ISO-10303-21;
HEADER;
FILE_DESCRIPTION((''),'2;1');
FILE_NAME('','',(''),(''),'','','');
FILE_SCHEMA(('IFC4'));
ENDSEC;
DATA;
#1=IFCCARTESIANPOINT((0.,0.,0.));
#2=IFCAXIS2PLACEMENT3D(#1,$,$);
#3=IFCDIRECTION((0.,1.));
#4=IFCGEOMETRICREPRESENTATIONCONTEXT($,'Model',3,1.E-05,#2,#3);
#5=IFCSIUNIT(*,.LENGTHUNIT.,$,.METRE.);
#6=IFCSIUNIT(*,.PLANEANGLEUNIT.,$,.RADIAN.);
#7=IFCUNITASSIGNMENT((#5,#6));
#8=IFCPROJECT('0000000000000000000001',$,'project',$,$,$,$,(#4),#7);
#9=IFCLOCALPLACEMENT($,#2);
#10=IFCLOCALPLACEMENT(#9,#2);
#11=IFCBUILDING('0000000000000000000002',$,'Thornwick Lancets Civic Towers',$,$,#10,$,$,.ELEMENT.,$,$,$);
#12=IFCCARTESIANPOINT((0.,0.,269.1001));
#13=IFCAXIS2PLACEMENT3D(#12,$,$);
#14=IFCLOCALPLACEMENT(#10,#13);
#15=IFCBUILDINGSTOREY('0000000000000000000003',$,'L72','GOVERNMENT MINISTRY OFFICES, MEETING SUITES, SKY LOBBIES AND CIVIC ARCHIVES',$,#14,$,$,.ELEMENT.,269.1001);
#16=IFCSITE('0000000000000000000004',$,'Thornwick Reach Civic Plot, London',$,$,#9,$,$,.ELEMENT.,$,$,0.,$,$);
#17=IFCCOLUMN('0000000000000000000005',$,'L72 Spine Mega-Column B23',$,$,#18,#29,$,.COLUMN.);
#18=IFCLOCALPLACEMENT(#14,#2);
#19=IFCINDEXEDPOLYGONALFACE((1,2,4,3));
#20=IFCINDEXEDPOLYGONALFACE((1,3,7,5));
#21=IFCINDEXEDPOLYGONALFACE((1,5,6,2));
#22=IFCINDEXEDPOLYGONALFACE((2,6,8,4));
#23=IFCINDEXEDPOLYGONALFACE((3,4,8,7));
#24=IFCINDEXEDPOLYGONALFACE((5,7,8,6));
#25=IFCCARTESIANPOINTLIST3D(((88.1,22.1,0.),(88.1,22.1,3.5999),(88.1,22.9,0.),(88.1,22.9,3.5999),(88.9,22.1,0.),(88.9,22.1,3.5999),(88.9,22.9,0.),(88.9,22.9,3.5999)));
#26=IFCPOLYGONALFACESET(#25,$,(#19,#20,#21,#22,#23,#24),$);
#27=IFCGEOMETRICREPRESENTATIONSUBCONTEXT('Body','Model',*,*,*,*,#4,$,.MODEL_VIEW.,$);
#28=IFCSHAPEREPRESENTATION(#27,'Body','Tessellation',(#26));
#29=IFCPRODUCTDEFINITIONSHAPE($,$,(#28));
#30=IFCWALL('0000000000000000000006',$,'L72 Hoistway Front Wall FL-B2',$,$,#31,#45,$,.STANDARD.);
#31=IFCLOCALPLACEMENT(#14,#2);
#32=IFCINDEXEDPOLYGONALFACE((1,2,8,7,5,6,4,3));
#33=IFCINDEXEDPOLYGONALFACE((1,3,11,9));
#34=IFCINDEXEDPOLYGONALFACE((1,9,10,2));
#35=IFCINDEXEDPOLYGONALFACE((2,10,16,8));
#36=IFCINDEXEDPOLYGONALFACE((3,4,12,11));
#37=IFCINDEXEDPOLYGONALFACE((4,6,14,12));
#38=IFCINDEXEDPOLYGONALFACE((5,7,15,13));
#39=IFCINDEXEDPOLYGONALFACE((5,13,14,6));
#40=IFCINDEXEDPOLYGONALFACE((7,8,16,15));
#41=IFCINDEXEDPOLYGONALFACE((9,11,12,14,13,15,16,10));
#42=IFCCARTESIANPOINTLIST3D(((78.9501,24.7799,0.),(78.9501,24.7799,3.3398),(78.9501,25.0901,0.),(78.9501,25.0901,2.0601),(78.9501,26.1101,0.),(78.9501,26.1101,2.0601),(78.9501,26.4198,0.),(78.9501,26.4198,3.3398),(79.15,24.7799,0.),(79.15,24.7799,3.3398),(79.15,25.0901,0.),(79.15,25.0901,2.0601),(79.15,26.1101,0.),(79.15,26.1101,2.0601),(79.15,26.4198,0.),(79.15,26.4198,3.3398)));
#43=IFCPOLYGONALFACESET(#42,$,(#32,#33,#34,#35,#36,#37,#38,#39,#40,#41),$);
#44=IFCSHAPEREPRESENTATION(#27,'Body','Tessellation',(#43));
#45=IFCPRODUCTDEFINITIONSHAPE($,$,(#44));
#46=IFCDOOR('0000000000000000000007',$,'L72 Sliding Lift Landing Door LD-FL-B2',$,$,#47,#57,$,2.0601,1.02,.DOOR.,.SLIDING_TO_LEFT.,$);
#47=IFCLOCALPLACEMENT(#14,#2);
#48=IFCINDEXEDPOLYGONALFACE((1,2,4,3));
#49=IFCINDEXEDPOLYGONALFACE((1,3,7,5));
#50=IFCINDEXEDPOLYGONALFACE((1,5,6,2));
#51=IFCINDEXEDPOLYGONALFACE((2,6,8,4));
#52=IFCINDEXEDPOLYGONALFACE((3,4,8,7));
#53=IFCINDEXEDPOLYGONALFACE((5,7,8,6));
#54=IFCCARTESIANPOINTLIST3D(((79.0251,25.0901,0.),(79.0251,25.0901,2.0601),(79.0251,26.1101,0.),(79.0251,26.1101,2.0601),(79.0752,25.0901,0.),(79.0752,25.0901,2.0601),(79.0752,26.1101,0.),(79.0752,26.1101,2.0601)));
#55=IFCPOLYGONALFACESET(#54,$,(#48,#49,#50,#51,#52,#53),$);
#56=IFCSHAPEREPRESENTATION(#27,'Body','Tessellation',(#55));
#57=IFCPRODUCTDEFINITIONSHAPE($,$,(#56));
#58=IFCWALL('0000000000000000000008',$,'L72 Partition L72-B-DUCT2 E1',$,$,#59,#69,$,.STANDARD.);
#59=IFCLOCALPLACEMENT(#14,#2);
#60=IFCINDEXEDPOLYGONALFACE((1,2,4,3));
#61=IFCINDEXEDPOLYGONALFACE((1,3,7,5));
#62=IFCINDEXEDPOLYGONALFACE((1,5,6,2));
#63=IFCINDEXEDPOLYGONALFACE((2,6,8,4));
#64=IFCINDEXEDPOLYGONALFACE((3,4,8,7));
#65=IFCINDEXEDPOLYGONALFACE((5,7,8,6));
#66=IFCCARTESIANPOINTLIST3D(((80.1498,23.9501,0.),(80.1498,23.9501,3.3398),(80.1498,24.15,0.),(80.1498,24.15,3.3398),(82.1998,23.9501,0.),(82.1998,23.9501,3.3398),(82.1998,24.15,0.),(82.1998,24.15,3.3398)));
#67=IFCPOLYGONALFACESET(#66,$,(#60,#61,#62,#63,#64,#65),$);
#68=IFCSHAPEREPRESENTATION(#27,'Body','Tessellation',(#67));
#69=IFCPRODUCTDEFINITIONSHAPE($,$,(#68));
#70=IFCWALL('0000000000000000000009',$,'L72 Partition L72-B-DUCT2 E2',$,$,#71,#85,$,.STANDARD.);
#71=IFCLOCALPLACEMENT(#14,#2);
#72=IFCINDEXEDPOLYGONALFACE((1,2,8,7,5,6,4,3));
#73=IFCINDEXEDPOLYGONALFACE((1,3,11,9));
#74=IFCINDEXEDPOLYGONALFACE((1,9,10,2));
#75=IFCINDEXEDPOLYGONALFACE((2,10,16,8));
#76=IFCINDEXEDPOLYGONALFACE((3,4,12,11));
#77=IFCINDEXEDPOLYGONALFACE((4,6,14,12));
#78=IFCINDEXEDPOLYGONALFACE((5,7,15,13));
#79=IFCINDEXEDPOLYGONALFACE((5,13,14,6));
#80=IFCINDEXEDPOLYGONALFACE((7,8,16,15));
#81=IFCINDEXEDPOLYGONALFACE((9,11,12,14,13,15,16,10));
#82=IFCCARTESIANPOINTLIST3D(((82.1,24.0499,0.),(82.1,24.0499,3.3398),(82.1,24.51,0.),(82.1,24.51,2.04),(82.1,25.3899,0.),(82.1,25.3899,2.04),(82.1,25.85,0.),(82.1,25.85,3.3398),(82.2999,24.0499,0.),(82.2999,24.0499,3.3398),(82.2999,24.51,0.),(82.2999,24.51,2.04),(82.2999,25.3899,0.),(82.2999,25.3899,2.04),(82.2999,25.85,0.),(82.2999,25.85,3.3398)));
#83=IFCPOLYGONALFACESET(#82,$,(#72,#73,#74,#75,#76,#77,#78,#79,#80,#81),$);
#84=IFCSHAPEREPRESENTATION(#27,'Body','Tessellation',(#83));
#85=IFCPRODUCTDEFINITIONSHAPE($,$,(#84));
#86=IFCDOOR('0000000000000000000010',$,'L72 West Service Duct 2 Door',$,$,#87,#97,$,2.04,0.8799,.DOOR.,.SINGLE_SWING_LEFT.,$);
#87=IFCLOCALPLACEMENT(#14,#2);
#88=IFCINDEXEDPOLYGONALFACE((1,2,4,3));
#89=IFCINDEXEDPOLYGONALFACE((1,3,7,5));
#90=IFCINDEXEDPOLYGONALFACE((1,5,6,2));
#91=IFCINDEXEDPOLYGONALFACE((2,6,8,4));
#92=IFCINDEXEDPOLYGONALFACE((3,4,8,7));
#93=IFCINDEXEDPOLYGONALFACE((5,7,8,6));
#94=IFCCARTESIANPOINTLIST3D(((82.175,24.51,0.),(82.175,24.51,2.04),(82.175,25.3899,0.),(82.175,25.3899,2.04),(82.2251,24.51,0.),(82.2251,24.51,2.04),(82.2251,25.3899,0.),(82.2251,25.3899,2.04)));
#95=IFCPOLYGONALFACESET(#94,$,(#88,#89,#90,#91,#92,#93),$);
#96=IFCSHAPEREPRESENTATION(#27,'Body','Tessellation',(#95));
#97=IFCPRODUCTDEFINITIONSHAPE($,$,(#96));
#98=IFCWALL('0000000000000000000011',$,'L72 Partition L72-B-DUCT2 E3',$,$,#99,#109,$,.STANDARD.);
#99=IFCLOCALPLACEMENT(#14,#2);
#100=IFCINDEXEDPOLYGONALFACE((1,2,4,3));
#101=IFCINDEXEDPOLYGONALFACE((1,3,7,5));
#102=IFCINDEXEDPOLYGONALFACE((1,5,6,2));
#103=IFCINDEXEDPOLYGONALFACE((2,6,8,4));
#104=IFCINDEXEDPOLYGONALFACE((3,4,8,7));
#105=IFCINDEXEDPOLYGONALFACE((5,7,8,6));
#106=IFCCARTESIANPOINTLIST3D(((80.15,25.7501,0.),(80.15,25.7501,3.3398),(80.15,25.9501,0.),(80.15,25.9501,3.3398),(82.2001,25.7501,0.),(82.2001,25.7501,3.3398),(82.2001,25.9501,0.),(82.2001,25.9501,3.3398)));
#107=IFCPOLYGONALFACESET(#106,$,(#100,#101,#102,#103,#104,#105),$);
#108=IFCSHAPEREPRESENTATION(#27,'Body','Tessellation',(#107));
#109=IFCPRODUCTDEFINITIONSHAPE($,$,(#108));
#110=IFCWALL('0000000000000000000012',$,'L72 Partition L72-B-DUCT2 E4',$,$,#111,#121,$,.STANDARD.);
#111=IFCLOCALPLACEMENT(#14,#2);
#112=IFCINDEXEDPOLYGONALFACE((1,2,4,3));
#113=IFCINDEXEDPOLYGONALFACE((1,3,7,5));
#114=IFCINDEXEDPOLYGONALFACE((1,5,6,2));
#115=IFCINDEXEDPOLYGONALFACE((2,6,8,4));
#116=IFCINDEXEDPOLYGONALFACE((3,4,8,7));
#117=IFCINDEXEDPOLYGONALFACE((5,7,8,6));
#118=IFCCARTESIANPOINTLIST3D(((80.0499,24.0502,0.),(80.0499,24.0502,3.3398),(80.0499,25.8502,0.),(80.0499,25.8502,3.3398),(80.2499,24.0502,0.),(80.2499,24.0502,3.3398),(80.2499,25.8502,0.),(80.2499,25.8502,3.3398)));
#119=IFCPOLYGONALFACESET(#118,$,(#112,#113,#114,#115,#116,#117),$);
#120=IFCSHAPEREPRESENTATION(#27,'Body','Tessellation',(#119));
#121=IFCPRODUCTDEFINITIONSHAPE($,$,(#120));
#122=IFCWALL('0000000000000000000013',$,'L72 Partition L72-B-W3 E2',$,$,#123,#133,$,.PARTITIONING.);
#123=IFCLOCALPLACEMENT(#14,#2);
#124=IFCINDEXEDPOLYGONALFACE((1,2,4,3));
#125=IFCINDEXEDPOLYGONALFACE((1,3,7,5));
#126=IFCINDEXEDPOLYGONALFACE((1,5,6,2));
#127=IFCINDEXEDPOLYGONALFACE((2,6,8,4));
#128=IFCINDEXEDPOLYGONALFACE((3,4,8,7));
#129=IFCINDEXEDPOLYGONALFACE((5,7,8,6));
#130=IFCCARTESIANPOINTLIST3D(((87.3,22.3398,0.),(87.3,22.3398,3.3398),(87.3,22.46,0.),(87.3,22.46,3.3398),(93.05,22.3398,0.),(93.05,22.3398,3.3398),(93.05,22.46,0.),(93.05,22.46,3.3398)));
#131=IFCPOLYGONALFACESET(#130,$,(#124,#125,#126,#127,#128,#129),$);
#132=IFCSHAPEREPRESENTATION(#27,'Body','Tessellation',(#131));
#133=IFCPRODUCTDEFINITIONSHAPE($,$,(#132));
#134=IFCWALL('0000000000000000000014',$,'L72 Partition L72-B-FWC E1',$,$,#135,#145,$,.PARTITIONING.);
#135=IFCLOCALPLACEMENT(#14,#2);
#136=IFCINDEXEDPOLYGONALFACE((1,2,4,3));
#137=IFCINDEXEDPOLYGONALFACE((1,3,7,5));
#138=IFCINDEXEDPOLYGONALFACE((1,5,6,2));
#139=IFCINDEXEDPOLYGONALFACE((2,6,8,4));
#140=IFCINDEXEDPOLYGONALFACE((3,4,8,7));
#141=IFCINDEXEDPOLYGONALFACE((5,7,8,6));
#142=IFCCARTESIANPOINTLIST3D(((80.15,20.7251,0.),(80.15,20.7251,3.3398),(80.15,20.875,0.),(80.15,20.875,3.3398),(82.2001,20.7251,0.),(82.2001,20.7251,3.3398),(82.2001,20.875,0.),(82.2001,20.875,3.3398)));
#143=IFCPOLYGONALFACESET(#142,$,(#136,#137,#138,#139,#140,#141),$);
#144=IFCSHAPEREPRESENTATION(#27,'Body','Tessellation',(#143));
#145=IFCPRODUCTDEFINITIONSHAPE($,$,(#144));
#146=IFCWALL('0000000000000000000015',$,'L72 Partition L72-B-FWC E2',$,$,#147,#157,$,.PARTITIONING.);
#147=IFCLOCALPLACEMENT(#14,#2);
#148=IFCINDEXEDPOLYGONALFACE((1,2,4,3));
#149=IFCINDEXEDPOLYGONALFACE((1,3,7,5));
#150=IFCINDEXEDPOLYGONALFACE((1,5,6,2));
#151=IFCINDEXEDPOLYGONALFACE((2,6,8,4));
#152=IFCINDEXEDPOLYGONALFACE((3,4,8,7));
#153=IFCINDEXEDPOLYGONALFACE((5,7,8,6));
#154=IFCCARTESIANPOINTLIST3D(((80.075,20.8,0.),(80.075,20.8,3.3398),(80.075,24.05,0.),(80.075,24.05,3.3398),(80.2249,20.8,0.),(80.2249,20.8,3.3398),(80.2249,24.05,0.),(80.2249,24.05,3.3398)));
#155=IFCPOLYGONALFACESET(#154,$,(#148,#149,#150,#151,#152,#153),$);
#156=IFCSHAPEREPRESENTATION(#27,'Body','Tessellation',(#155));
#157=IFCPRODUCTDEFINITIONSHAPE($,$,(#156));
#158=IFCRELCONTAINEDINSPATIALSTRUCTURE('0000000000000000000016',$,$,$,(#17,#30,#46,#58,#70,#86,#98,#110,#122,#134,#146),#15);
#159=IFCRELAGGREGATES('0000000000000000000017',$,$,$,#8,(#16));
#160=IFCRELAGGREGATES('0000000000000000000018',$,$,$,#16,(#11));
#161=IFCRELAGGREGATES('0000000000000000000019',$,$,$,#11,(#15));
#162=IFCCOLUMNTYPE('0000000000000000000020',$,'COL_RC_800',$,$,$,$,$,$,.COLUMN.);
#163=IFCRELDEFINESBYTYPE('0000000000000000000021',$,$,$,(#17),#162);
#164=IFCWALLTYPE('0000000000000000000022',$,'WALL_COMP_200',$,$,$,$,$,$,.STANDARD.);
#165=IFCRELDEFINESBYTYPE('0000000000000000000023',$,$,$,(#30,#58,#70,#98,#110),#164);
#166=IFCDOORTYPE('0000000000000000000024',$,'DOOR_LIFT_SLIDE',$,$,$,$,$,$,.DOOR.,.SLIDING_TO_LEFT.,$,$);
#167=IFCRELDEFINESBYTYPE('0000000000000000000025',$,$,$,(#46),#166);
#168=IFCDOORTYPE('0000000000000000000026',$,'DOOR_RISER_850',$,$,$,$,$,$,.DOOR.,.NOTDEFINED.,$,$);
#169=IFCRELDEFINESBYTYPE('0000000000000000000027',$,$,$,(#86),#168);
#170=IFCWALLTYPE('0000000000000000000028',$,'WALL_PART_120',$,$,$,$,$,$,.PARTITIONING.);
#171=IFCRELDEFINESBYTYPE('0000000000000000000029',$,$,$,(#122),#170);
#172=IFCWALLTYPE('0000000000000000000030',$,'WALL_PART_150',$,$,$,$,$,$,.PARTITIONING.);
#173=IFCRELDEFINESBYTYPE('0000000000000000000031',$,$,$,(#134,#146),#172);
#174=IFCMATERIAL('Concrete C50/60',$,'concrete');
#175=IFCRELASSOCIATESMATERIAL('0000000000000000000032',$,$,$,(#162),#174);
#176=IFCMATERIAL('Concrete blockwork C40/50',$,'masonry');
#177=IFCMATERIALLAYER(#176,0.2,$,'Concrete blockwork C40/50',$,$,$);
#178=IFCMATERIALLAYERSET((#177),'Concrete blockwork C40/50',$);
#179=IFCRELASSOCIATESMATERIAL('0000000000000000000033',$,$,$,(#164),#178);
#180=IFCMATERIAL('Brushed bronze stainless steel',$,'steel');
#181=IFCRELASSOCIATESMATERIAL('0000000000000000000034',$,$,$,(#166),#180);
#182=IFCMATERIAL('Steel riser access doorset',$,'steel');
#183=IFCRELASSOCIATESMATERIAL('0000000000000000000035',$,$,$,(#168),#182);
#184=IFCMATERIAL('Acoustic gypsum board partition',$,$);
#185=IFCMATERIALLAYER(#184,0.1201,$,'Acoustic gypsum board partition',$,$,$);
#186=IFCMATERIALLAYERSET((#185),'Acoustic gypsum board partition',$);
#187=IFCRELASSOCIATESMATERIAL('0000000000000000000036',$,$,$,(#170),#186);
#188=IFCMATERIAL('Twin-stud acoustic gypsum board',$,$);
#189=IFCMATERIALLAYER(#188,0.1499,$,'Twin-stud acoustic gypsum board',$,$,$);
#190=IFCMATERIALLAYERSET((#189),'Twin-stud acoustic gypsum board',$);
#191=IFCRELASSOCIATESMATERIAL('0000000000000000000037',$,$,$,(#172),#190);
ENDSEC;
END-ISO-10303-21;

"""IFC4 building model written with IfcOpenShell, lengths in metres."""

from ifc_helpers import new_model, si_unit, direction, frame, frame_2d, origin, origin_2d, place, context, subcontext, project, spatial, rectangle, extrude, material, layer, layer_set, material_profile, profile_set, type_object, element, fill, save


model = new_model("IFC4")

# Units and contexts
model_context = context("Model", 3, precision=1e-05, world=origin(), true_north=direction((0.0, 1.0)))
body_context = subcontext(model_context, "Body", "Model", "MODEL_VIEW")
ifc_project = project(units=[si_unit("LENGTHUNIT", "METRE"), si_unit("PLANEANGLEUNIT", "RADIAN")], contexts=[model_context])

# Site, building, storey
site_placement = place(None, origin())
site = spatial("IfcSite", under=ifc_project, at=site_placement, Name="Thornwick Reach Civic Plot, London", CompositionType="ELEMENT", RefElevation=0.0)
building_placement = place(site_placement, origin())
building = spatial("IfcBuilding", under=site, at=building_placement, Name="Thornwick Lancets Civic Towers", CompositionType="ELEMENT")
storey_placement = place(building_placement, frame((0.0, 0.0, 269.1001)))
storey = spatial("IfcBuildingStorey", under=building, at=storey_placement, Name="L72", Description="GOVERNMENT MINISTRY OFFICES, MEETING SUITES, SKY LOBBIES AND CIVIC ARCHIVES", CompositionType="ELEMENT", Elevation=269.1001)

# Column
ifc_material_1 = material(Name="Concrete C50/60", Category="concrete")
ifc_material_profile = material_profile(ifc_material_1, rectangle(XDim=0.8, YDim=0.8, at=origin_2d()), Name="RC 800x800")
ifc_profile_set = profile_set([ifc_material_profile], Name="Concrete C50/60")
column_type = type_object("IfcColumnType", Name="COL_RC_800", PredefinedType="COLUMN", material=ifc_profile_set)
column_placement = place(storey_placement, frame((88.5, 22.5, 0.0), z_axis=(0.0, 0.0, 1.0), x_axis=(1.0, 0.0, 0.0)))
element("IfcColumn", 1, at=column_placement, inside=storey, type_object=column_type, Name="L72 Spine Mega-Column B23", PredefinedType="COLUMN", context=body_context, shape_type="SweptSolid", body=[
    extrude(rectangle(XDim=0.8, YDim=0.8, at=origin_2d()), origin(), (0.0, 0.0, 1.0), 3.5999),
])

# Wall, opening, door
ifc_material_2 = material(Name="Concrete blockwork C40/50", Category="masonry")
ifc_layer_1 = layer(ifc_material_2, 0.2, Name="Concrete blockwork C40/50")
ifc_layer_set_1 = layer_set([ifc_layer_1], Name="Concrete blockwork C40/50")
wall_type_1 = type_object("IfcWallType", Name="WALL_COMP_200", PredefinedType="STANDARD", material=ifc_layer_set_1)
wall_1_placement = place(storey_placement, frame((79.05, 24.78, 0.0), z_axis=(0.0, 0.0, 1.0), x_axis=(0.0, 1.0, 0.0)))
wall_1 = element("IfcWall", 2, at=wall_1_placement, inside=storey, type_object=wall_type_1, Name="L72 Hoistway Front Wall FL-B2", PredefinedType="STANDARD", context=body_context, shape_type="SweptSolid", body=[
    extrude(rectangle(XDim=1.6399, YDim=0.2, at=frame_2d((0.8198, 0.0))), origin(), (0.0, 0.0, 1.0), 3.3398),
])
opening_1_placement = place(wall_1_placement, frame((0.3101, 0.0, 0.0)))
opening_1 = element("IfcOpeningElement", 3, at=opening_1_placement, cuts=wall_1, PredefinedType="OPENING", context=body_context, shape_type="SweptSolid", body=[
    extrude(rectangle(XDim=1.02, YDim=2.0601, at=frame_2d((0.51, 1.03))), frame((0.0, 0.1099, 0.0), z_axis=(0.0, -1.0, 0.0), x_axis=(1.0, 0.0, 0.0)), (0.0, 0.0, 1.0), 0.22),
])
ifc_material_3 = material(Name="Brushed bronze stainless steel", Category="steel")
door_type_1 = type_object("IfcDoorType", Name="DOOR_LIFT_SLIDE", OperationType="SLIDING_TO_LEFT", PredefinedType="DOOR", material=ifc_material_3)
door_1_placement = place(opening_1_placement, origin())
door_1 = element("IfcDoor", 4, at=door_1_placement, inside=storey, type_object=door_type_1, Name="L72 Sliding Lift Landing Door LD-FL-B2", OperationType="SLIDING_TO_LEFT", OverallHeight=2.0601, OverallWidth=1.02, PredefinedType="DOOR", context=body_context, shape_type="SweptSolid", body=[
    extrude(rectangle(XDim=1.02, YDim=2.0601, at=frame_2d((0.51, 1.03))), frame((0.0, 0.0249, 0.0), z_axis=(0.0, -1.0, 0.0), x_axis=(1.0, 0.0, 0.0)), (0.0, 0.0, 1.0), 0.05),
])
fill(opening_1, door_1)

# Wall
wall_2_placement = place(storey_placement, frame((80.1499, 24.05, 0.0), z_axis=(0.0, 0.0, 1.0), x_axis=(1.0, 0.0, 0.0)))
element("IfcWall", 5, at=wall_2_placement, inside=storey, type_object=wall_type_1, Name="L72 Partition L72-B-DUCT2 E1", PredefinedType="STANDARD", context=body_context, shape_type="SweptSolid", body=[
    extrude(rectangle(XDim=2.05, YDim=0.2, at=frame_2d((1.0249, 0.0))), origin(), (0.0, 0.0, 1.0), 3.3398),
])

# Wall, opening, door
wall_3_placement = place(storey_placement, frame((82.2, 24.05, 0.0), z_axis=(0.0, 0.0, 1.0), x_axis=(0.0, 1.0, 0.0)))
wall_3 = element("IfcWall", 6, at=wall_3_placement, inside=storey, type_object=wall_type_1, Name="L72 Partition L72-B-DUCT2 E2", PredefinedType="STANDARD", context=body_context, shape_type="SweptSolid", body=[
    extrude(rectangle(XDim=1.8, YDim=0.2, at=frame_2d((0.8999, 0.0))), origin(), (0.0, 0.0, 1.0), 3.3398),
])
opening_2_placement = place(wall_3_placement, frame((0.46, 0.0, 0.0)))
opening_2 = element("IfcOpeningElement", 7, at=opening_2_placement, cuts=wall_3, PredefinedType="OPENING", context=body_context, shape_type="SweptSolid", body=[
    extrude(rectangle(XDim=0.8799, YDim=2.04, at=frame_2d((0.4399, 1.02))), frame((0.0, 0.1099, 0.0), z_axis=(0.0, -1.0, 0.0), x_axis=(1.0, 0.0, 0.0)), (0.0, 0.0, 1.0), 0.22),
])
ifc_material_4 = material(Name="Steel riser access doorset", Category="steel")
door_type_2 = type_object("IfcDoorType", Name="DOOR_RISER_850", OperationType="NOTDEFINED", PredefinedType="DOOR", material=ifc_material_4)
door_2_placement = place(opening_2_placement, origin())
door_2 = element("IfcDoor", 8, at=door_2_placement, inside=storey, type_object=door_type_2, Name="L72 West Service Duct 2 Door", OperationType="SINGLE_SWING_LEFT", OverallHeight=2.04, OverallWidth=0.8799, PredefinedType="DOOR", context=body_context, shape_type="SweptSolid", body=[
    extrude(rectangle(XDim=0.8799, YDim=2.04, at=frame_2d((0.4399, 1.02))), frame((0.0, 0.0249, 0.0), z_axis=(0.0, -1.0, 0.0), x_axis=(1.0, 0.0, 0.0)), (0.0, 0.0, 1.0), 0.05),
])
fill(opening_2, door_2)

# Walls
wall_4_placement = place(storey_placement, frame((82.2, 25.8501, 0.0), z_axis=(0.0, 0.0, 1.0), x_axis=(-1.0, 0.0, 0.0)))
element("IfcWall", 9, at=wall_4_placement, inside=storey, type_object=wall_type_1, Name="L72 Partition L72-B-DUCT2 E3", PredefinedType="STANDARD", context=body_context, shape_type="SweptSolid", body=[
    extrude(rectangle(XDim=2.05, YDim=0.2, at=frame_2d((1.0249, 0.0))), origin(), (0.0, 0.0, 1.0), 3.3398),
])
wall_5_placement = place(storey_placement, frame((80.1499, 25.8501, 0.0), z_axis=(0.0, 0.0, 1.0), x_axis=(0.0, -1.0, 0.0)))
element("IfcWall", 10, at=wall_5_placement, inside=storey, type_object=wall_type_1, Name="L72 Partition L72-B-DUCT2 E4", PredefinedType="STANDARD", context=body_context, shape_type="SweptSolid", body=[
    extrude(rectangle(XDim=1.8, YDim=0.2, at=frame_2d((0.8999, 0.0))), origin(), (0.0, 0.0, 1.0), 3.3398),
])
ifc_material_5 = material(Name="Acoustic gypsum board partition")
ifc_layer_2 = layer(ifc_material_5, 0.1201, Name="Acoustic gypsum board partition")
ifc_layer_set_2 = layer_set([ifc_layer_2], Name="Acoustic gypsum board partition")
wall_type_2 = type_object("IfcWallType", Name="WALL_PART_120", PredefinedType="PARTITIONING", material=ifc_layer_set_2)
wall_6_placement = place(storey_placement, frame((87.3, 22.3999, 0.0), z_axis=(0.0, 0.0, 1.0), x_axis=(1.0, 0.0, 0.0)))
element("IfcWall", 11, at=wall_6_placement, inside=storey, type_object=wall_type_2, Name="L72 Partition L72-B-W3 E2", PredefinedType="PARTITIONING", context=body_context, shape_type="SweptSolid", body=[
    extrude(rectangle(XDim=5.75, YDim=0.1201, at=frame_2d((2.875, 0.0))), origin(), (0.0, 0.0, 1.0), 3.3398),
])
ifc_material_6 = material(Name="Twin-stud acoustic gypsum board")
ifc_layer_3 = layer(ifc_material_6, 0.1499, Name="Twin-stud acoustic gypsum board")
ifc_layer_set_3 = layer_set([ifc_layer_3], Name="Twin-stud acoustic gypsum board")
wall_type_3 = type_object("IfcWallType", Name="WALL_PART_150", PredefinedType="PARTITIONING", material=ifc_layer_set_3)
wall_7_placement = place(storey_placement, frame((82.2, 20.8, 0.0), z_axis=(0.0, 0.0, 1.0), x_axis=(-1.0, 0.0, 0.0)))
element("IfcWall", 12, at=wall_7_placement, inside=storey, type_object=wall_type_3, Name="L72 Partition L72-B-FWC E1", PredefinedType="PARTITIONING", context=body_context, shape_type="SweptSolid", body=[
    extrude(rectangle(XDim=2.05, YDim=0.1499, at=frame_2d((1.0249, 0.0))), origin(), (0.0, 0.0, 1.0), 3.3398),
])
wall_8_placement = place(storey_placement, frame((80.1499, 20.8, 0.0), z_axis=(0.0, 0.0, 1.0), x_axis=(0.0, 1.0, 0.0)))
element("IfcWall", 13, at=wall_8_placement, inside=storey, type_object=wall_type_3, Name="L72 Partition L72-B-FWC E2", PredefinedType="PARTITIONING", context=body_context, shape_type="SweptSolid", body=[
    extrude(rectangle(XDim=3.25, YDim=0.1499, at=frame_2d((1.625, 0.0))), origin(), (0.0, 0.0, 1.0), 3.3398),
])

save(model, "model.ifc")
